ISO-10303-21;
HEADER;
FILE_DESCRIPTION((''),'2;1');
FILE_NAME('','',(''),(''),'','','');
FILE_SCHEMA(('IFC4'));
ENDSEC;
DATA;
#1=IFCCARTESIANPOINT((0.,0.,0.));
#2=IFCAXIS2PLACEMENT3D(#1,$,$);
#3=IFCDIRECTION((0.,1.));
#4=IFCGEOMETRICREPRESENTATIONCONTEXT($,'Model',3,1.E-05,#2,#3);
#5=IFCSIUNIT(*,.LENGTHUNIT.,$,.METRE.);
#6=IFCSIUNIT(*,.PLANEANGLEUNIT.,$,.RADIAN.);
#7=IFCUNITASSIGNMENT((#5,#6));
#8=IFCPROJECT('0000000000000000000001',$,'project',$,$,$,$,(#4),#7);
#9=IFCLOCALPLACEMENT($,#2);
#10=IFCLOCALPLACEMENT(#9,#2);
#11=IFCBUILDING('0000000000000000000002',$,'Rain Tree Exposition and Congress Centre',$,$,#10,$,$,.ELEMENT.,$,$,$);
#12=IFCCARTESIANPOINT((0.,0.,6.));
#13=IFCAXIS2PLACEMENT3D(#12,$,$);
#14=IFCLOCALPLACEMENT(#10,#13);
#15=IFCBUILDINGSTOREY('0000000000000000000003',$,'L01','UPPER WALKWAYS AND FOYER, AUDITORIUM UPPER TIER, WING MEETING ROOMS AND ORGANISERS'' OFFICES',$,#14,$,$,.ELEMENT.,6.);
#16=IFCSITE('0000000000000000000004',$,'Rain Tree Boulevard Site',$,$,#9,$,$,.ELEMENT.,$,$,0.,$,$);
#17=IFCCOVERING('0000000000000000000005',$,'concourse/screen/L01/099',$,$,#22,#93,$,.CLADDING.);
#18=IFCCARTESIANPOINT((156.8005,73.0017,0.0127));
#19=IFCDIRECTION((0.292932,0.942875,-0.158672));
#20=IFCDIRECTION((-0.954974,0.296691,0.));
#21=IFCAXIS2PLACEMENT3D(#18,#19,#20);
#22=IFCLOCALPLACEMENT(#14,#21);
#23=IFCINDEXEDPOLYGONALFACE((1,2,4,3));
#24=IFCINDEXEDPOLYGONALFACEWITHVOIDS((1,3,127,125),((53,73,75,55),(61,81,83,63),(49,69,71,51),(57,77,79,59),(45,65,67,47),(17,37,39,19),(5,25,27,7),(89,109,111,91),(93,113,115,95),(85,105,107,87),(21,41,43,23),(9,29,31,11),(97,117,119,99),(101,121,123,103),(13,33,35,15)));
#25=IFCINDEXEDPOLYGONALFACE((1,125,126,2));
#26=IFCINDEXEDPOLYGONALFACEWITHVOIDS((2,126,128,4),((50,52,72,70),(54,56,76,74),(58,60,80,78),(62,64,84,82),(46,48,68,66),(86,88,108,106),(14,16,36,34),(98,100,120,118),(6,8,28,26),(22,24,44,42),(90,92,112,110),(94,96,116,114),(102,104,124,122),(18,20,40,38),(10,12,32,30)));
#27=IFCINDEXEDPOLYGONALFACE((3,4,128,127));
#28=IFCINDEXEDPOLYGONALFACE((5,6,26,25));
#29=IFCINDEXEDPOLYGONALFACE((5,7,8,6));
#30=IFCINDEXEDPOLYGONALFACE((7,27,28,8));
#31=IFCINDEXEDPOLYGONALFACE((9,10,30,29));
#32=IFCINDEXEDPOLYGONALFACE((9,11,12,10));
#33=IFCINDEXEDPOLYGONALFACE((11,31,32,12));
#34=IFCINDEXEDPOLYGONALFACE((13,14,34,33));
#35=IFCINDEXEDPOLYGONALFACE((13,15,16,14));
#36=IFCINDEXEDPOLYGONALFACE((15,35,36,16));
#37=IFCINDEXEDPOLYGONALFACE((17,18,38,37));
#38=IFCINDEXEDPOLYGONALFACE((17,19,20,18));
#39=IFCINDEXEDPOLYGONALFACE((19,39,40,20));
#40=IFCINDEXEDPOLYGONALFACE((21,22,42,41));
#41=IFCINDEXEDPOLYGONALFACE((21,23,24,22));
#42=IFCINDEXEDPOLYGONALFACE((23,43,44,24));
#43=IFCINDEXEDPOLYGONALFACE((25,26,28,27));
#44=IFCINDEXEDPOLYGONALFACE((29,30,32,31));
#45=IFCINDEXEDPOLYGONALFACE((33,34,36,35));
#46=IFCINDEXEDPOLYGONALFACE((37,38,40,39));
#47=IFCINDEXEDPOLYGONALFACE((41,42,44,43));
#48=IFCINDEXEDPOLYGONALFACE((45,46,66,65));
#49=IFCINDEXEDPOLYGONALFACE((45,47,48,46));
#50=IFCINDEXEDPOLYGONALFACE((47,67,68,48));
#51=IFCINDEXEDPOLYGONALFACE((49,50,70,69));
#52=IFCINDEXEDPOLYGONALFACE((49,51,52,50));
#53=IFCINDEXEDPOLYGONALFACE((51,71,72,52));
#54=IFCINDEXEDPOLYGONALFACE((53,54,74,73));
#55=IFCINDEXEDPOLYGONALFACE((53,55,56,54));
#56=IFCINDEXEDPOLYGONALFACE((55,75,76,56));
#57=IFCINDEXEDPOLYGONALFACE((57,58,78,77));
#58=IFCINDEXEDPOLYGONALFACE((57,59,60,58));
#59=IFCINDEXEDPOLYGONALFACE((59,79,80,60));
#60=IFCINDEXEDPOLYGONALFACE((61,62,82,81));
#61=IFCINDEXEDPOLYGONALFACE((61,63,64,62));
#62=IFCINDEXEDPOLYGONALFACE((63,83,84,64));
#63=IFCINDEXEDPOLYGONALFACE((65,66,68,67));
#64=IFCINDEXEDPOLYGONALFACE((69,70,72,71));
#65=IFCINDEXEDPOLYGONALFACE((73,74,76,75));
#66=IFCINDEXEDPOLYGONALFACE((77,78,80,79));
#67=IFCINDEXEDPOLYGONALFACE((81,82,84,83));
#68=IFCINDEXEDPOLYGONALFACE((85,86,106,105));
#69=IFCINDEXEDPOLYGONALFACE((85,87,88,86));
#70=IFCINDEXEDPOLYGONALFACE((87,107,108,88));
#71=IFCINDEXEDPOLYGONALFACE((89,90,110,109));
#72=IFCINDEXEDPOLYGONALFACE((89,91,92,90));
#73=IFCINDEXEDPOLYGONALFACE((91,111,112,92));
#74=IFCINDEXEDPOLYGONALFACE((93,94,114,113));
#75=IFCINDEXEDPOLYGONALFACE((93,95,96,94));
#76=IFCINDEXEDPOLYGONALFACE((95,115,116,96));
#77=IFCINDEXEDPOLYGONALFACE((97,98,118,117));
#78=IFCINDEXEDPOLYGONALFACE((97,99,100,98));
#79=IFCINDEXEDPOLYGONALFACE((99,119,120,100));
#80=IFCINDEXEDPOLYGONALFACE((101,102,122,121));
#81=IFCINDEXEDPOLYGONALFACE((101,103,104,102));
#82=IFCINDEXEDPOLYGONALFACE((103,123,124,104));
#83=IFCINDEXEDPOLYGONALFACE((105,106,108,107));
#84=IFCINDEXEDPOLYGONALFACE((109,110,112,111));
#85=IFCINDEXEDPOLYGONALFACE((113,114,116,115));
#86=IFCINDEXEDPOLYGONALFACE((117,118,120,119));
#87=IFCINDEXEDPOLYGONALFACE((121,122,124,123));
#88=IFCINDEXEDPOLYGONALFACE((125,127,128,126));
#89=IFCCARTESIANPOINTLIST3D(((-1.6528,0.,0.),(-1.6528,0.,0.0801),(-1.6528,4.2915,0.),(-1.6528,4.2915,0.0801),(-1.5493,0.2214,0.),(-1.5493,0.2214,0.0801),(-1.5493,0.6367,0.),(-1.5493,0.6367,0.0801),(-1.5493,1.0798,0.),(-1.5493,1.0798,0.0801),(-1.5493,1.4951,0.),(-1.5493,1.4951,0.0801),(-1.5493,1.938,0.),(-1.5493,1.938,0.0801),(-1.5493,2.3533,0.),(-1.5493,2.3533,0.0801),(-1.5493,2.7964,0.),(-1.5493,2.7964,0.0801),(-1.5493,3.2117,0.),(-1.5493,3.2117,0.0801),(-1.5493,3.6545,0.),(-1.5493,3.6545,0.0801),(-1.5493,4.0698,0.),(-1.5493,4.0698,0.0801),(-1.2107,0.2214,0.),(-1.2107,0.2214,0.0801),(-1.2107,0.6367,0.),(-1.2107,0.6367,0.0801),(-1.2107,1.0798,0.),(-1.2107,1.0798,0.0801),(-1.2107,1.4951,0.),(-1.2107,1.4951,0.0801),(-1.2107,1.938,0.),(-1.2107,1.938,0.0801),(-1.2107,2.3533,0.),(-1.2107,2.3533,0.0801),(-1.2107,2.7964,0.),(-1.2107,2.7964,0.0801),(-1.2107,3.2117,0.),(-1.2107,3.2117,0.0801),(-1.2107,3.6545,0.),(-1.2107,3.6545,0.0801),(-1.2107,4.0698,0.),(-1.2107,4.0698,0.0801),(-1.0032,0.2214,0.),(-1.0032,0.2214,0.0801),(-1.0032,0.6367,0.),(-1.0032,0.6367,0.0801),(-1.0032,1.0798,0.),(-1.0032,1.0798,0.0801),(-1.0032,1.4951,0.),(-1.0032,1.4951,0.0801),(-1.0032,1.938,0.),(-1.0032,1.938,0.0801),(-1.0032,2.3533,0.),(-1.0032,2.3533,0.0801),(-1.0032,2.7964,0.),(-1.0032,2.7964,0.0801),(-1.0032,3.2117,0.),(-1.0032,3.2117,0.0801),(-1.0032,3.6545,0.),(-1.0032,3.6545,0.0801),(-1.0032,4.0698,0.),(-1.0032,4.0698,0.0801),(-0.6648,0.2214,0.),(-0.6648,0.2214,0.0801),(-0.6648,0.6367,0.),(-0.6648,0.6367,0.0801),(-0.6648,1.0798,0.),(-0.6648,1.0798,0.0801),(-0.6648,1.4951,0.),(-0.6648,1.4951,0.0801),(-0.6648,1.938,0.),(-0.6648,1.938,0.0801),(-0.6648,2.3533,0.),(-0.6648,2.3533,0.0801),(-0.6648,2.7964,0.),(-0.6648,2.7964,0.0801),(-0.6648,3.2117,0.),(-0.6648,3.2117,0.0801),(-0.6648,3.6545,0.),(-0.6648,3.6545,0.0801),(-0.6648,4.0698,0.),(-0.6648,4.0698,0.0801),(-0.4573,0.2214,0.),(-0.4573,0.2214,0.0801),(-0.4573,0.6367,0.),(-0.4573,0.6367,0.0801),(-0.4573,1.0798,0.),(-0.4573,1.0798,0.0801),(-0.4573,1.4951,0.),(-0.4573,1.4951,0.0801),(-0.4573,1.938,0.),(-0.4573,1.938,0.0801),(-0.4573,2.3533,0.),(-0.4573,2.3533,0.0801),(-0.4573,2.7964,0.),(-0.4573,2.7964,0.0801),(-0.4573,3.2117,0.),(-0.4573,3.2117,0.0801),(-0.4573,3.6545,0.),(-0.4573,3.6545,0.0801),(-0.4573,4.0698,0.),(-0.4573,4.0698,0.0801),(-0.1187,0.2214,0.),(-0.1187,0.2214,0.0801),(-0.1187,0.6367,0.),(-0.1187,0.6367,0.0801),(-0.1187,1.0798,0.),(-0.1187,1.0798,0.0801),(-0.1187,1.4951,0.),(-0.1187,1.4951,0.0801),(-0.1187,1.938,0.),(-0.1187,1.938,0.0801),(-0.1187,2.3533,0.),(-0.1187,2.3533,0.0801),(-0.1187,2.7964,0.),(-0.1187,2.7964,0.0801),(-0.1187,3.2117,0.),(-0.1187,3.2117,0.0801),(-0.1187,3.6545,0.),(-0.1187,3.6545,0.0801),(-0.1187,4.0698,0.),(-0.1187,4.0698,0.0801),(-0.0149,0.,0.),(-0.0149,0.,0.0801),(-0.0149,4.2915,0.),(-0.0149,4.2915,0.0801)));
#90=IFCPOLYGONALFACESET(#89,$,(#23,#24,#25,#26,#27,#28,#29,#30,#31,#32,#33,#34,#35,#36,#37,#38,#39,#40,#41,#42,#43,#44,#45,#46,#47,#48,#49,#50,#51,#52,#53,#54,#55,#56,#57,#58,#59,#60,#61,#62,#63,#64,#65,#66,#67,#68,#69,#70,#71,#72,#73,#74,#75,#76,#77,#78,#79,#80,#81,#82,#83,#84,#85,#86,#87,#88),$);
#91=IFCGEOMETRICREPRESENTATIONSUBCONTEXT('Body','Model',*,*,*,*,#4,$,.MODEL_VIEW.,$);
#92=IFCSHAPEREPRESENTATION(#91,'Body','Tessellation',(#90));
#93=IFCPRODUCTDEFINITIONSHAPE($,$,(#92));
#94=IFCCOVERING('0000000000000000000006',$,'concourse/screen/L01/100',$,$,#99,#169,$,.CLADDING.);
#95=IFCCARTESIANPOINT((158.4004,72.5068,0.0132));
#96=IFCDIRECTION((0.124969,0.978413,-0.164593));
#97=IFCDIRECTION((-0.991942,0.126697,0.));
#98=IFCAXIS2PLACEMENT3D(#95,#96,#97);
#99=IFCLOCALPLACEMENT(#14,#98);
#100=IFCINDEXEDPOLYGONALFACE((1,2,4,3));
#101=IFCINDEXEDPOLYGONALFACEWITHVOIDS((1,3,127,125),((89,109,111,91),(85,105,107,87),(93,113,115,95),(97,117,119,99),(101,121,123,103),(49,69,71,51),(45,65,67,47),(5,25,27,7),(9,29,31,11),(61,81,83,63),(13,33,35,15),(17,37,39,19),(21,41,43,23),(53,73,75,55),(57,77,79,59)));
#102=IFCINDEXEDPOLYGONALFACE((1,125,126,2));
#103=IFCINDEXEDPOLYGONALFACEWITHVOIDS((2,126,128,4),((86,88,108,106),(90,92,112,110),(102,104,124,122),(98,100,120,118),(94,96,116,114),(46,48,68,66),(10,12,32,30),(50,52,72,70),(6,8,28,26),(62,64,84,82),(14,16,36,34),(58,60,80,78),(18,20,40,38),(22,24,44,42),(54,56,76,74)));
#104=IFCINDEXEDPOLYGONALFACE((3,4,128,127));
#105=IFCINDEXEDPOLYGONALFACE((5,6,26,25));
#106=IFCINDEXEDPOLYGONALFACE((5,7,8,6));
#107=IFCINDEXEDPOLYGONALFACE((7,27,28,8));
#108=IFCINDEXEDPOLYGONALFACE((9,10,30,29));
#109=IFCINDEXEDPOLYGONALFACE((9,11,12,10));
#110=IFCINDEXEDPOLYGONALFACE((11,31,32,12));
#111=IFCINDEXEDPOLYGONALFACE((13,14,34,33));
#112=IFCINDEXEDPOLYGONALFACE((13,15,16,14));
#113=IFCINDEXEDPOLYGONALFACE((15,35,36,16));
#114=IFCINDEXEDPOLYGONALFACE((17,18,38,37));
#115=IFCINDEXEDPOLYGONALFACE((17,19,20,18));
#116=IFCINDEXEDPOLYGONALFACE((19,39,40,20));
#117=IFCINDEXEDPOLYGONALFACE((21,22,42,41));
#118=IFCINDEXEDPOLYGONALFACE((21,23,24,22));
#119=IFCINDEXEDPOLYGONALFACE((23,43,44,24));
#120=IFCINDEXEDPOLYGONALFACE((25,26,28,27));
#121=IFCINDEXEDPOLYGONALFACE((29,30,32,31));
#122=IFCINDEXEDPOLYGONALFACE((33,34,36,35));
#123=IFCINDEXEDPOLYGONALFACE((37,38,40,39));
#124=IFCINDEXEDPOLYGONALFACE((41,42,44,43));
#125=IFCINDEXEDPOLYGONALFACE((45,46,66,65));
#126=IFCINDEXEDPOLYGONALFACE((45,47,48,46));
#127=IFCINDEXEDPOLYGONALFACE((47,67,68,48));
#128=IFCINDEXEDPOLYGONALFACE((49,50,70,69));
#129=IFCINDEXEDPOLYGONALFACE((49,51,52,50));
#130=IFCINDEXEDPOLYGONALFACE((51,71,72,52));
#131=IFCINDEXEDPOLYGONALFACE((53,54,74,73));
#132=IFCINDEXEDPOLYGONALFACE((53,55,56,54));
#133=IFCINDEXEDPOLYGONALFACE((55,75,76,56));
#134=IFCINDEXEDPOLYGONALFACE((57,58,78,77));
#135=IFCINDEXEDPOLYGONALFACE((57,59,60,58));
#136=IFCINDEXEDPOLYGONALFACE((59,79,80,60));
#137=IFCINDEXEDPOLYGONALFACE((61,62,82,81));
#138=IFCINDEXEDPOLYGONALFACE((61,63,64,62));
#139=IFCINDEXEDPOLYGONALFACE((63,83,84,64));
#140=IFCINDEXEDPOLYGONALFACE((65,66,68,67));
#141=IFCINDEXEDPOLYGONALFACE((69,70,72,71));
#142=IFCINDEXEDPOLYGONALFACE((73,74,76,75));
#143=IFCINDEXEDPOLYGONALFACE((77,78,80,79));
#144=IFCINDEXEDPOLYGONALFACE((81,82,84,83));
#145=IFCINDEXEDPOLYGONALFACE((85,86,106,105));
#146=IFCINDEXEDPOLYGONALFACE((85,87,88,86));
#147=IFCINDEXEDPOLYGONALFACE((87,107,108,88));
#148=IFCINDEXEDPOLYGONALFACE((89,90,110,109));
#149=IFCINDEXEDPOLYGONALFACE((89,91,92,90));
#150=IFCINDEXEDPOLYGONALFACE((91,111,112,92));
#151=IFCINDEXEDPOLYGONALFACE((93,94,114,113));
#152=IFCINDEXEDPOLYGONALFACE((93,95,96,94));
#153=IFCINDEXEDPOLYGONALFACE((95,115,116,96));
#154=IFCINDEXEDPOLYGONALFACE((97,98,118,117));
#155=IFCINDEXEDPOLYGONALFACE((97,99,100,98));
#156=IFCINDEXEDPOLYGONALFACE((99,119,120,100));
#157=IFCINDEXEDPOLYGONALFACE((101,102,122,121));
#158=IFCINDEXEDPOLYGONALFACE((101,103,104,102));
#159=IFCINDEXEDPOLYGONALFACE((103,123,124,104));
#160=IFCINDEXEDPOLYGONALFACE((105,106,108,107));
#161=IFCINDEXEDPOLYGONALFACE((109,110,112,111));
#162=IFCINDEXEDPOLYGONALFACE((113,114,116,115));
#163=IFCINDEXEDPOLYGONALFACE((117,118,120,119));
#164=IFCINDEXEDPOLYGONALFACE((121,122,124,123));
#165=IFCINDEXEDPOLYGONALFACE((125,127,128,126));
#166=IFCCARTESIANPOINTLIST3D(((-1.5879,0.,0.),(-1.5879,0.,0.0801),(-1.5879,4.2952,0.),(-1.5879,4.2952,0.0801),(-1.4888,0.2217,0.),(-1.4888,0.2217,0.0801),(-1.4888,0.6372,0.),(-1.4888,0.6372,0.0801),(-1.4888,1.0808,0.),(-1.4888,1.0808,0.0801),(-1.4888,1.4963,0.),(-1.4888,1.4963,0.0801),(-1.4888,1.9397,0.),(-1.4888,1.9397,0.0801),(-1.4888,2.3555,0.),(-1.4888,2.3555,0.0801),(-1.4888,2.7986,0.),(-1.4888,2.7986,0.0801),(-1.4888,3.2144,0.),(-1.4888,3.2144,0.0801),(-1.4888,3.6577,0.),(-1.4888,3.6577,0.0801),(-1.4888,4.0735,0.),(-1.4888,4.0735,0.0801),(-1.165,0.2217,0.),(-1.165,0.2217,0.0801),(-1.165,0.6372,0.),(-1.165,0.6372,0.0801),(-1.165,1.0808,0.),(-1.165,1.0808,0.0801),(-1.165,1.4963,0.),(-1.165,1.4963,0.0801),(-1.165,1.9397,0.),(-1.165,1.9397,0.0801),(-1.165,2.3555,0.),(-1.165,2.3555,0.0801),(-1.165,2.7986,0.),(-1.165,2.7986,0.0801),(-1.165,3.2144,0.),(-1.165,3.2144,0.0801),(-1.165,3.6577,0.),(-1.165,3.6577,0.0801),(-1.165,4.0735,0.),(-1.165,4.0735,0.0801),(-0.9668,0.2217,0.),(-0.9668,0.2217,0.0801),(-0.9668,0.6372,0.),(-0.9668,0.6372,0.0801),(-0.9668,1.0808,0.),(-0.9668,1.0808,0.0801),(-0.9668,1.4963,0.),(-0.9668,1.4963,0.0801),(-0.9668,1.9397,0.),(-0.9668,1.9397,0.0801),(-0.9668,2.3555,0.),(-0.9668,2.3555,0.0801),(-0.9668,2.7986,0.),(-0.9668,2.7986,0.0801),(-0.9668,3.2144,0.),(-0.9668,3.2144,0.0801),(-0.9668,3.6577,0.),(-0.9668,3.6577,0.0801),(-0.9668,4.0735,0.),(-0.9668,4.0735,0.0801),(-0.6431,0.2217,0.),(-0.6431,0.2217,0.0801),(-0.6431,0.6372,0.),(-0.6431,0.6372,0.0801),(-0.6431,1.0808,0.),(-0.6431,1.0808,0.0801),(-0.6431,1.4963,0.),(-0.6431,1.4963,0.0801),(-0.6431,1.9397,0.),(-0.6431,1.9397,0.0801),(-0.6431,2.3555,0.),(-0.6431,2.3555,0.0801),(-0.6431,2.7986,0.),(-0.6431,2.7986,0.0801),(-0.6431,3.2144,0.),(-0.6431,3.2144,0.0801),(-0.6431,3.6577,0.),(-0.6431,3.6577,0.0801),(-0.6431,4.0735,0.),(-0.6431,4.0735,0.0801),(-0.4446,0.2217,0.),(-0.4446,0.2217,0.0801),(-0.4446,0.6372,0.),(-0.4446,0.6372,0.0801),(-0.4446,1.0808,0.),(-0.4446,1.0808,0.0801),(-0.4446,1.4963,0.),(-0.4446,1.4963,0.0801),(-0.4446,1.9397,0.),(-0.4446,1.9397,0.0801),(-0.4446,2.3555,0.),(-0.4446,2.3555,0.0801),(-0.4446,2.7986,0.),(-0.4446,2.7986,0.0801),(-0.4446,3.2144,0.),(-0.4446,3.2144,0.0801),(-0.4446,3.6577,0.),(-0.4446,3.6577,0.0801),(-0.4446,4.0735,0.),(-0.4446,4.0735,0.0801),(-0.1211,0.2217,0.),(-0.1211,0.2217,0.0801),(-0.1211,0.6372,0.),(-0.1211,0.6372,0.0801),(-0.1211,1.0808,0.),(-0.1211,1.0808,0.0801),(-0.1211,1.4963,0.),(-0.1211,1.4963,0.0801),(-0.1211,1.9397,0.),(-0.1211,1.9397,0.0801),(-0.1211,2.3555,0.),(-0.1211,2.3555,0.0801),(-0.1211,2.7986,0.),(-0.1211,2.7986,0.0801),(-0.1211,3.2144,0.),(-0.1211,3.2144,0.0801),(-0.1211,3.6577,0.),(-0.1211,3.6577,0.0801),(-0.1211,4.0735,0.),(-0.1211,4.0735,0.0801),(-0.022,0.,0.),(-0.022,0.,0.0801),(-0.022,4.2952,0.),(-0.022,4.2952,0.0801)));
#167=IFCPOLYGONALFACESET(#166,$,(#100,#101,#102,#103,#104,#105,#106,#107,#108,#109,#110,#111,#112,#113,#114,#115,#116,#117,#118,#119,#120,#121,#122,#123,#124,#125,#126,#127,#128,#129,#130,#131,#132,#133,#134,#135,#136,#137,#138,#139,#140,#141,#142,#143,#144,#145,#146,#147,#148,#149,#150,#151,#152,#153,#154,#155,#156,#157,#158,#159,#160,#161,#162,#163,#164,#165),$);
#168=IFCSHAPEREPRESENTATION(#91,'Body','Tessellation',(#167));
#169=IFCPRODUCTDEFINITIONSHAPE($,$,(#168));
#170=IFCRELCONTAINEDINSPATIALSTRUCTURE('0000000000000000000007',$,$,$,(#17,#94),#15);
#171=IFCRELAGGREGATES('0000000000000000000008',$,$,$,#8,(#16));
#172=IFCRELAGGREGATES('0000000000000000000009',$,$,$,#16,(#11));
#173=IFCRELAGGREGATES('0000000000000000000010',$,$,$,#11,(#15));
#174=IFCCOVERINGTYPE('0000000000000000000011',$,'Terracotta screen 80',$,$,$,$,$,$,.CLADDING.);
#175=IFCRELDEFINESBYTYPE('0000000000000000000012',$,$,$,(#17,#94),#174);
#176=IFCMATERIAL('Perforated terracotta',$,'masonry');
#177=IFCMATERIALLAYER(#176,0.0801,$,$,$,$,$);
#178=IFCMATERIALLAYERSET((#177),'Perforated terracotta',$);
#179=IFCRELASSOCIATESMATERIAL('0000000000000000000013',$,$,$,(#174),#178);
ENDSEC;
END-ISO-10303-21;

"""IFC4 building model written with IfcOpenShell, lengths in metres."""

from ifc_helpers import new_model, si_unit, direction, frame, origin, place, context, subcontext, project, spatial, polyline, outline, extrude, material, layer, layer_set, type_object, element, save


model = new_model("IFC4")

# Units and contexts
model_context = context("Model", 3, precision=1e-05, world=origin(), true_north=direction((0.0, 1.0)))
body_context = subcontext(model_context, "Body", "Model", "MODEL_VIEW")
ifc_project = project(units=[si_unit("LENGTHUNIT", "METRE"), si_unit("PLANEANGLEUNIT", "RADIAN")], contexts=[model_context])

# Site, building, storey
site_placement = place(None, origin())
site = spatial("IfcSite", under=ifc_project, at=site_placement, Name="Rain Tree Boulevard Site", CompositionType="ELEMENT", RefElevation=0.0)
building_placement = place(site_placement, origin())
building = spatial("IfcBuilding", under=site, at=building_placement, Name="Rain Tree Exposition and Congress Centre", CompositionType="ELEMENT")
storey_placement = place(building_placement, frame((0.0, 0.0, 6.0)))
storey = spatial("IfcBuildingStorey", under=building, at=storey_placement, Name="L01", Description="UPPER WALKWAYS AND FOYER, AUDITORIUM UPPER TIER, WING MEETING ROOMS AND ORGANISERS' OFFICES", CompositionType="ELEMENT", Elevation=6.0)

# Coverings
ifc_material_1 = material(Name="Perforated terracotta", Category="masonry")
ifc_layer_1 = layer(ifc_material_1, 0.0801)
ifc_layer_set_1 = layer_set([ifc_layer_1], Name="Perforated terracotta")
covering_type = type_object("IfcCoveringType", Name="Terracotta screen 80", PredefinedType="CLADDING", material=ifc_layer_set_1)
covering_1_placement = place(storey_placement, frame((156.8005, 73.0017, 0.0127), z_axis=(0.292932, 0.942875, -0.158672), x_axis=(-0.954974, 0.296691, 0.0)))
element("IfcCovering", 1, at=covering_1_placement, inside=storey, type_object=covering_type, Name="concourse/screen/L01/099", PredefinedType="CLADDING", context=body_context, shape_type="SweptSolid", body=[
    extrude(outline(polyline([(-1.6528, 0.0), (-1.6528, 4.2915), (-0.0149, 4.2915), (-0.0149, 0.0), (-1.6528, 0.0)]), holes=[polyline([(-0.1187, 0.2214), (-0.1187, 0.6367), (-0.4573, 0.6367), (-0.4573, 0.2214), (-0.1187, 0.2214)]), polyline([(-0.1187, 1.0798), (-0.1187, 1.4951), (-0.4573, 1.4951), (-0.4573, 1.0798), (-0.1187, 1.0798)]), polyline([(-0.1187, 1.938), (-0.1187, 2.3533), (-0.4573, 2.3533), (-0.4573, 1.938), (-0.1187, 1.938)]), polyline([(-0.1187, 2.7964), (-0.1187, 3.2117), (-0.4573, 3.2117), (-0.4573, 2.7964), (-0.1187, 2.7964)]), polyline([(-0.1187, 3.6545), (-0.1187, 4.0698), (-0.4573, 4.0698), (-0.4573, 3.6545), (-0.1187, 3.6545)]), polyline([(-0.6648, 0.2214), (-0.6648, 0.6367), (-1.0032, 0.6367), (-1.0032, 0.2214), (-0.6648, 0.2214)]), polyline([(-0.6648, 1.0798), (-0.6648, 1.4951), (-1.0032, 1.4951), (-1.0032, 1.0798), (-0.6648, 1.0798)]), polyline([(-0.6648, 1.938), (-0.6648, 2.3533), (-1.0032, 2.3533), (-1.0032, 1.938), (-0.6648, 1.938)]), polyline([(-0.6648, 2.7964), (-0.6648, 3.2117), (-1.0032, 3.2117), (-1.0032, 2.7964), (-0.6648, 2.7964)]), polyline([(-0.6648, 3.6545), (-0.6648, 4.0698), (-1.0032, 4.0698), (-1.0032, 3.6545), (-0.6648, 3.6545)]), polyline([(-1.2107, 0.2214), (-1.2107, 0.6367), (-1.5493, 0.6367), (-1.5493, 0.2214), (-1.2107, 0.2214)]), polyline([(-1.2107, 1.0798), (-1.2107, 1.4951), (-1.5493, 1.4951), (-1.5493, 1.0798), (-1.2107, 1.0798)]), polyline([(-1.2107, 1.938), (-1.2107, 2.3533), (-1.5493, 2.3533), (-1.5493, 1.938), (-1.2107, 1.938)]), polyline([(-1.2107, 2.7964), (-1.2107, 3.2117), (-1.5493, 3.2117), (-1.5493, 2.7964), (-1.2107, 2.7964)]), polyline([(-1.2107, 3.6545), (-1.2107, 4.0698), (-1.5493, 4.0698), (-1.5493, 3.6545), (-1.2107, 3.6545)])]), origin(), (0.0, 0.0, 1.0), 0.0801),
])
covering_2_placement = place(storey_placement, frame((158.4004, 72.5068, 0.0132), z_axis=(0.124969, 0.978413, -0.164593), x_axis=(-0.991942, 0.126697, 0.0)))
element("IfcCovering", 2, at=covering_2_placement, inside=storey, type_object=covering_type, Name="concourse/screen/L01/100", PredefinedType="CLADDING", context=body_context, shape_type="SweptSolid", body=[
    extrude(outline(polyline([(-1.5879, 0.0), (-1.5879, 4.2952), (-0.022, 4.2952), (-0.022, 0.0), (-1.5879, 0.0)]), holes=[polyline([(-0.1211, 0.2217), (-0.1211, 0.6372), (-0.4446, 0.6372), (-0.4446, 0.2217), (-0.1211, 0.2217)]), polyline([(-0.1211, 1.0808), (-0.1211, 1.4963), (-0.4446, 1.4963), (-0.4446, 1.0808), (-0.1211, 1.0808)]), polyline([(-0.1211, 1.9397), (-0.1211, 2.3555), (-0.4446, 2.3555), (-0.4446, 1.9397), (-0.1211, 1.9397)]), polyline([(-0.1211, 2.7986), (-0.1211, 3.2144), (-0.4446, 3.2144), (-0.4446, 2.7986), (-0.1211, 2.7986)]), polyline([(-0.1211, 3.6577), (-0.1211, 4.0735), (-0.4446, 4.0735), (-0.4446, 3.6577), (-0.1211, 3.6577)]), polyline([(-0.6431, 0.2217), (-0.6431, 0.6372), (-0.9668, 0.6372), (-0.9668, 0.2217), (-0.6431, 0.2217)]), polyline([(-0.6431, 1.0808), (-0.6431, 1.4963), (-0.9668, 1.4963), (-0.9668, 1.0808), (-0.6431, 1.0808)]), polyline([(-0.6431, 1.9397), (-0.6431, 2.3555), (-0.9668, 2.3555), (-0.9668, 1.9397), (-0.6431, 1.9397)]), polyline([(-0.6431, 2.7986), (-0.6431, 3.2144), (-0.9668, 3.2144), (-0.9668, 2.7986), (-0.6431, 2.7986)]), polyline([(-0.6431, 3.6577), (-0.6431, 4.0735), (-0.9668, 4.0735), (-0.9668, 3.6577), (-0.6431, 3.6577)]), polyline([(-1.165, 0.2217), (-1.165, 0.6372), (-1.4888, 0.6372), (-1.4888, 0.2217), (-1.165, 0.2217)]), polyline([(-1.165, 1.0808), (-1.165, 1.4963), (-1.4888, 1.4963), (-1.4888, 1.0808), (-1.165, 1.0808)]), polyline([(-1.165, 1.9397), (-1.165, 2.3555), (-1.4888, 2.3555), (-1.4888, 1.9397), (-1.165, 1.9397)]), polyline([(-1.165, 2.7986), (-1.165, 3.2144), (-1.4888, 3.2144), (-1.4888, 2.7986), (-1.165, 2.7986)]), polyline([(-1.165, 3.6577), (-1.165, 4.0735), (-1.4888, 4.0735), (-1.4888, 3.6577), (-1.165, 3.6577)])]), origin(), (0.0, 0.0, 1.0), 0.0801),
])

save(model, "model.ifc")
